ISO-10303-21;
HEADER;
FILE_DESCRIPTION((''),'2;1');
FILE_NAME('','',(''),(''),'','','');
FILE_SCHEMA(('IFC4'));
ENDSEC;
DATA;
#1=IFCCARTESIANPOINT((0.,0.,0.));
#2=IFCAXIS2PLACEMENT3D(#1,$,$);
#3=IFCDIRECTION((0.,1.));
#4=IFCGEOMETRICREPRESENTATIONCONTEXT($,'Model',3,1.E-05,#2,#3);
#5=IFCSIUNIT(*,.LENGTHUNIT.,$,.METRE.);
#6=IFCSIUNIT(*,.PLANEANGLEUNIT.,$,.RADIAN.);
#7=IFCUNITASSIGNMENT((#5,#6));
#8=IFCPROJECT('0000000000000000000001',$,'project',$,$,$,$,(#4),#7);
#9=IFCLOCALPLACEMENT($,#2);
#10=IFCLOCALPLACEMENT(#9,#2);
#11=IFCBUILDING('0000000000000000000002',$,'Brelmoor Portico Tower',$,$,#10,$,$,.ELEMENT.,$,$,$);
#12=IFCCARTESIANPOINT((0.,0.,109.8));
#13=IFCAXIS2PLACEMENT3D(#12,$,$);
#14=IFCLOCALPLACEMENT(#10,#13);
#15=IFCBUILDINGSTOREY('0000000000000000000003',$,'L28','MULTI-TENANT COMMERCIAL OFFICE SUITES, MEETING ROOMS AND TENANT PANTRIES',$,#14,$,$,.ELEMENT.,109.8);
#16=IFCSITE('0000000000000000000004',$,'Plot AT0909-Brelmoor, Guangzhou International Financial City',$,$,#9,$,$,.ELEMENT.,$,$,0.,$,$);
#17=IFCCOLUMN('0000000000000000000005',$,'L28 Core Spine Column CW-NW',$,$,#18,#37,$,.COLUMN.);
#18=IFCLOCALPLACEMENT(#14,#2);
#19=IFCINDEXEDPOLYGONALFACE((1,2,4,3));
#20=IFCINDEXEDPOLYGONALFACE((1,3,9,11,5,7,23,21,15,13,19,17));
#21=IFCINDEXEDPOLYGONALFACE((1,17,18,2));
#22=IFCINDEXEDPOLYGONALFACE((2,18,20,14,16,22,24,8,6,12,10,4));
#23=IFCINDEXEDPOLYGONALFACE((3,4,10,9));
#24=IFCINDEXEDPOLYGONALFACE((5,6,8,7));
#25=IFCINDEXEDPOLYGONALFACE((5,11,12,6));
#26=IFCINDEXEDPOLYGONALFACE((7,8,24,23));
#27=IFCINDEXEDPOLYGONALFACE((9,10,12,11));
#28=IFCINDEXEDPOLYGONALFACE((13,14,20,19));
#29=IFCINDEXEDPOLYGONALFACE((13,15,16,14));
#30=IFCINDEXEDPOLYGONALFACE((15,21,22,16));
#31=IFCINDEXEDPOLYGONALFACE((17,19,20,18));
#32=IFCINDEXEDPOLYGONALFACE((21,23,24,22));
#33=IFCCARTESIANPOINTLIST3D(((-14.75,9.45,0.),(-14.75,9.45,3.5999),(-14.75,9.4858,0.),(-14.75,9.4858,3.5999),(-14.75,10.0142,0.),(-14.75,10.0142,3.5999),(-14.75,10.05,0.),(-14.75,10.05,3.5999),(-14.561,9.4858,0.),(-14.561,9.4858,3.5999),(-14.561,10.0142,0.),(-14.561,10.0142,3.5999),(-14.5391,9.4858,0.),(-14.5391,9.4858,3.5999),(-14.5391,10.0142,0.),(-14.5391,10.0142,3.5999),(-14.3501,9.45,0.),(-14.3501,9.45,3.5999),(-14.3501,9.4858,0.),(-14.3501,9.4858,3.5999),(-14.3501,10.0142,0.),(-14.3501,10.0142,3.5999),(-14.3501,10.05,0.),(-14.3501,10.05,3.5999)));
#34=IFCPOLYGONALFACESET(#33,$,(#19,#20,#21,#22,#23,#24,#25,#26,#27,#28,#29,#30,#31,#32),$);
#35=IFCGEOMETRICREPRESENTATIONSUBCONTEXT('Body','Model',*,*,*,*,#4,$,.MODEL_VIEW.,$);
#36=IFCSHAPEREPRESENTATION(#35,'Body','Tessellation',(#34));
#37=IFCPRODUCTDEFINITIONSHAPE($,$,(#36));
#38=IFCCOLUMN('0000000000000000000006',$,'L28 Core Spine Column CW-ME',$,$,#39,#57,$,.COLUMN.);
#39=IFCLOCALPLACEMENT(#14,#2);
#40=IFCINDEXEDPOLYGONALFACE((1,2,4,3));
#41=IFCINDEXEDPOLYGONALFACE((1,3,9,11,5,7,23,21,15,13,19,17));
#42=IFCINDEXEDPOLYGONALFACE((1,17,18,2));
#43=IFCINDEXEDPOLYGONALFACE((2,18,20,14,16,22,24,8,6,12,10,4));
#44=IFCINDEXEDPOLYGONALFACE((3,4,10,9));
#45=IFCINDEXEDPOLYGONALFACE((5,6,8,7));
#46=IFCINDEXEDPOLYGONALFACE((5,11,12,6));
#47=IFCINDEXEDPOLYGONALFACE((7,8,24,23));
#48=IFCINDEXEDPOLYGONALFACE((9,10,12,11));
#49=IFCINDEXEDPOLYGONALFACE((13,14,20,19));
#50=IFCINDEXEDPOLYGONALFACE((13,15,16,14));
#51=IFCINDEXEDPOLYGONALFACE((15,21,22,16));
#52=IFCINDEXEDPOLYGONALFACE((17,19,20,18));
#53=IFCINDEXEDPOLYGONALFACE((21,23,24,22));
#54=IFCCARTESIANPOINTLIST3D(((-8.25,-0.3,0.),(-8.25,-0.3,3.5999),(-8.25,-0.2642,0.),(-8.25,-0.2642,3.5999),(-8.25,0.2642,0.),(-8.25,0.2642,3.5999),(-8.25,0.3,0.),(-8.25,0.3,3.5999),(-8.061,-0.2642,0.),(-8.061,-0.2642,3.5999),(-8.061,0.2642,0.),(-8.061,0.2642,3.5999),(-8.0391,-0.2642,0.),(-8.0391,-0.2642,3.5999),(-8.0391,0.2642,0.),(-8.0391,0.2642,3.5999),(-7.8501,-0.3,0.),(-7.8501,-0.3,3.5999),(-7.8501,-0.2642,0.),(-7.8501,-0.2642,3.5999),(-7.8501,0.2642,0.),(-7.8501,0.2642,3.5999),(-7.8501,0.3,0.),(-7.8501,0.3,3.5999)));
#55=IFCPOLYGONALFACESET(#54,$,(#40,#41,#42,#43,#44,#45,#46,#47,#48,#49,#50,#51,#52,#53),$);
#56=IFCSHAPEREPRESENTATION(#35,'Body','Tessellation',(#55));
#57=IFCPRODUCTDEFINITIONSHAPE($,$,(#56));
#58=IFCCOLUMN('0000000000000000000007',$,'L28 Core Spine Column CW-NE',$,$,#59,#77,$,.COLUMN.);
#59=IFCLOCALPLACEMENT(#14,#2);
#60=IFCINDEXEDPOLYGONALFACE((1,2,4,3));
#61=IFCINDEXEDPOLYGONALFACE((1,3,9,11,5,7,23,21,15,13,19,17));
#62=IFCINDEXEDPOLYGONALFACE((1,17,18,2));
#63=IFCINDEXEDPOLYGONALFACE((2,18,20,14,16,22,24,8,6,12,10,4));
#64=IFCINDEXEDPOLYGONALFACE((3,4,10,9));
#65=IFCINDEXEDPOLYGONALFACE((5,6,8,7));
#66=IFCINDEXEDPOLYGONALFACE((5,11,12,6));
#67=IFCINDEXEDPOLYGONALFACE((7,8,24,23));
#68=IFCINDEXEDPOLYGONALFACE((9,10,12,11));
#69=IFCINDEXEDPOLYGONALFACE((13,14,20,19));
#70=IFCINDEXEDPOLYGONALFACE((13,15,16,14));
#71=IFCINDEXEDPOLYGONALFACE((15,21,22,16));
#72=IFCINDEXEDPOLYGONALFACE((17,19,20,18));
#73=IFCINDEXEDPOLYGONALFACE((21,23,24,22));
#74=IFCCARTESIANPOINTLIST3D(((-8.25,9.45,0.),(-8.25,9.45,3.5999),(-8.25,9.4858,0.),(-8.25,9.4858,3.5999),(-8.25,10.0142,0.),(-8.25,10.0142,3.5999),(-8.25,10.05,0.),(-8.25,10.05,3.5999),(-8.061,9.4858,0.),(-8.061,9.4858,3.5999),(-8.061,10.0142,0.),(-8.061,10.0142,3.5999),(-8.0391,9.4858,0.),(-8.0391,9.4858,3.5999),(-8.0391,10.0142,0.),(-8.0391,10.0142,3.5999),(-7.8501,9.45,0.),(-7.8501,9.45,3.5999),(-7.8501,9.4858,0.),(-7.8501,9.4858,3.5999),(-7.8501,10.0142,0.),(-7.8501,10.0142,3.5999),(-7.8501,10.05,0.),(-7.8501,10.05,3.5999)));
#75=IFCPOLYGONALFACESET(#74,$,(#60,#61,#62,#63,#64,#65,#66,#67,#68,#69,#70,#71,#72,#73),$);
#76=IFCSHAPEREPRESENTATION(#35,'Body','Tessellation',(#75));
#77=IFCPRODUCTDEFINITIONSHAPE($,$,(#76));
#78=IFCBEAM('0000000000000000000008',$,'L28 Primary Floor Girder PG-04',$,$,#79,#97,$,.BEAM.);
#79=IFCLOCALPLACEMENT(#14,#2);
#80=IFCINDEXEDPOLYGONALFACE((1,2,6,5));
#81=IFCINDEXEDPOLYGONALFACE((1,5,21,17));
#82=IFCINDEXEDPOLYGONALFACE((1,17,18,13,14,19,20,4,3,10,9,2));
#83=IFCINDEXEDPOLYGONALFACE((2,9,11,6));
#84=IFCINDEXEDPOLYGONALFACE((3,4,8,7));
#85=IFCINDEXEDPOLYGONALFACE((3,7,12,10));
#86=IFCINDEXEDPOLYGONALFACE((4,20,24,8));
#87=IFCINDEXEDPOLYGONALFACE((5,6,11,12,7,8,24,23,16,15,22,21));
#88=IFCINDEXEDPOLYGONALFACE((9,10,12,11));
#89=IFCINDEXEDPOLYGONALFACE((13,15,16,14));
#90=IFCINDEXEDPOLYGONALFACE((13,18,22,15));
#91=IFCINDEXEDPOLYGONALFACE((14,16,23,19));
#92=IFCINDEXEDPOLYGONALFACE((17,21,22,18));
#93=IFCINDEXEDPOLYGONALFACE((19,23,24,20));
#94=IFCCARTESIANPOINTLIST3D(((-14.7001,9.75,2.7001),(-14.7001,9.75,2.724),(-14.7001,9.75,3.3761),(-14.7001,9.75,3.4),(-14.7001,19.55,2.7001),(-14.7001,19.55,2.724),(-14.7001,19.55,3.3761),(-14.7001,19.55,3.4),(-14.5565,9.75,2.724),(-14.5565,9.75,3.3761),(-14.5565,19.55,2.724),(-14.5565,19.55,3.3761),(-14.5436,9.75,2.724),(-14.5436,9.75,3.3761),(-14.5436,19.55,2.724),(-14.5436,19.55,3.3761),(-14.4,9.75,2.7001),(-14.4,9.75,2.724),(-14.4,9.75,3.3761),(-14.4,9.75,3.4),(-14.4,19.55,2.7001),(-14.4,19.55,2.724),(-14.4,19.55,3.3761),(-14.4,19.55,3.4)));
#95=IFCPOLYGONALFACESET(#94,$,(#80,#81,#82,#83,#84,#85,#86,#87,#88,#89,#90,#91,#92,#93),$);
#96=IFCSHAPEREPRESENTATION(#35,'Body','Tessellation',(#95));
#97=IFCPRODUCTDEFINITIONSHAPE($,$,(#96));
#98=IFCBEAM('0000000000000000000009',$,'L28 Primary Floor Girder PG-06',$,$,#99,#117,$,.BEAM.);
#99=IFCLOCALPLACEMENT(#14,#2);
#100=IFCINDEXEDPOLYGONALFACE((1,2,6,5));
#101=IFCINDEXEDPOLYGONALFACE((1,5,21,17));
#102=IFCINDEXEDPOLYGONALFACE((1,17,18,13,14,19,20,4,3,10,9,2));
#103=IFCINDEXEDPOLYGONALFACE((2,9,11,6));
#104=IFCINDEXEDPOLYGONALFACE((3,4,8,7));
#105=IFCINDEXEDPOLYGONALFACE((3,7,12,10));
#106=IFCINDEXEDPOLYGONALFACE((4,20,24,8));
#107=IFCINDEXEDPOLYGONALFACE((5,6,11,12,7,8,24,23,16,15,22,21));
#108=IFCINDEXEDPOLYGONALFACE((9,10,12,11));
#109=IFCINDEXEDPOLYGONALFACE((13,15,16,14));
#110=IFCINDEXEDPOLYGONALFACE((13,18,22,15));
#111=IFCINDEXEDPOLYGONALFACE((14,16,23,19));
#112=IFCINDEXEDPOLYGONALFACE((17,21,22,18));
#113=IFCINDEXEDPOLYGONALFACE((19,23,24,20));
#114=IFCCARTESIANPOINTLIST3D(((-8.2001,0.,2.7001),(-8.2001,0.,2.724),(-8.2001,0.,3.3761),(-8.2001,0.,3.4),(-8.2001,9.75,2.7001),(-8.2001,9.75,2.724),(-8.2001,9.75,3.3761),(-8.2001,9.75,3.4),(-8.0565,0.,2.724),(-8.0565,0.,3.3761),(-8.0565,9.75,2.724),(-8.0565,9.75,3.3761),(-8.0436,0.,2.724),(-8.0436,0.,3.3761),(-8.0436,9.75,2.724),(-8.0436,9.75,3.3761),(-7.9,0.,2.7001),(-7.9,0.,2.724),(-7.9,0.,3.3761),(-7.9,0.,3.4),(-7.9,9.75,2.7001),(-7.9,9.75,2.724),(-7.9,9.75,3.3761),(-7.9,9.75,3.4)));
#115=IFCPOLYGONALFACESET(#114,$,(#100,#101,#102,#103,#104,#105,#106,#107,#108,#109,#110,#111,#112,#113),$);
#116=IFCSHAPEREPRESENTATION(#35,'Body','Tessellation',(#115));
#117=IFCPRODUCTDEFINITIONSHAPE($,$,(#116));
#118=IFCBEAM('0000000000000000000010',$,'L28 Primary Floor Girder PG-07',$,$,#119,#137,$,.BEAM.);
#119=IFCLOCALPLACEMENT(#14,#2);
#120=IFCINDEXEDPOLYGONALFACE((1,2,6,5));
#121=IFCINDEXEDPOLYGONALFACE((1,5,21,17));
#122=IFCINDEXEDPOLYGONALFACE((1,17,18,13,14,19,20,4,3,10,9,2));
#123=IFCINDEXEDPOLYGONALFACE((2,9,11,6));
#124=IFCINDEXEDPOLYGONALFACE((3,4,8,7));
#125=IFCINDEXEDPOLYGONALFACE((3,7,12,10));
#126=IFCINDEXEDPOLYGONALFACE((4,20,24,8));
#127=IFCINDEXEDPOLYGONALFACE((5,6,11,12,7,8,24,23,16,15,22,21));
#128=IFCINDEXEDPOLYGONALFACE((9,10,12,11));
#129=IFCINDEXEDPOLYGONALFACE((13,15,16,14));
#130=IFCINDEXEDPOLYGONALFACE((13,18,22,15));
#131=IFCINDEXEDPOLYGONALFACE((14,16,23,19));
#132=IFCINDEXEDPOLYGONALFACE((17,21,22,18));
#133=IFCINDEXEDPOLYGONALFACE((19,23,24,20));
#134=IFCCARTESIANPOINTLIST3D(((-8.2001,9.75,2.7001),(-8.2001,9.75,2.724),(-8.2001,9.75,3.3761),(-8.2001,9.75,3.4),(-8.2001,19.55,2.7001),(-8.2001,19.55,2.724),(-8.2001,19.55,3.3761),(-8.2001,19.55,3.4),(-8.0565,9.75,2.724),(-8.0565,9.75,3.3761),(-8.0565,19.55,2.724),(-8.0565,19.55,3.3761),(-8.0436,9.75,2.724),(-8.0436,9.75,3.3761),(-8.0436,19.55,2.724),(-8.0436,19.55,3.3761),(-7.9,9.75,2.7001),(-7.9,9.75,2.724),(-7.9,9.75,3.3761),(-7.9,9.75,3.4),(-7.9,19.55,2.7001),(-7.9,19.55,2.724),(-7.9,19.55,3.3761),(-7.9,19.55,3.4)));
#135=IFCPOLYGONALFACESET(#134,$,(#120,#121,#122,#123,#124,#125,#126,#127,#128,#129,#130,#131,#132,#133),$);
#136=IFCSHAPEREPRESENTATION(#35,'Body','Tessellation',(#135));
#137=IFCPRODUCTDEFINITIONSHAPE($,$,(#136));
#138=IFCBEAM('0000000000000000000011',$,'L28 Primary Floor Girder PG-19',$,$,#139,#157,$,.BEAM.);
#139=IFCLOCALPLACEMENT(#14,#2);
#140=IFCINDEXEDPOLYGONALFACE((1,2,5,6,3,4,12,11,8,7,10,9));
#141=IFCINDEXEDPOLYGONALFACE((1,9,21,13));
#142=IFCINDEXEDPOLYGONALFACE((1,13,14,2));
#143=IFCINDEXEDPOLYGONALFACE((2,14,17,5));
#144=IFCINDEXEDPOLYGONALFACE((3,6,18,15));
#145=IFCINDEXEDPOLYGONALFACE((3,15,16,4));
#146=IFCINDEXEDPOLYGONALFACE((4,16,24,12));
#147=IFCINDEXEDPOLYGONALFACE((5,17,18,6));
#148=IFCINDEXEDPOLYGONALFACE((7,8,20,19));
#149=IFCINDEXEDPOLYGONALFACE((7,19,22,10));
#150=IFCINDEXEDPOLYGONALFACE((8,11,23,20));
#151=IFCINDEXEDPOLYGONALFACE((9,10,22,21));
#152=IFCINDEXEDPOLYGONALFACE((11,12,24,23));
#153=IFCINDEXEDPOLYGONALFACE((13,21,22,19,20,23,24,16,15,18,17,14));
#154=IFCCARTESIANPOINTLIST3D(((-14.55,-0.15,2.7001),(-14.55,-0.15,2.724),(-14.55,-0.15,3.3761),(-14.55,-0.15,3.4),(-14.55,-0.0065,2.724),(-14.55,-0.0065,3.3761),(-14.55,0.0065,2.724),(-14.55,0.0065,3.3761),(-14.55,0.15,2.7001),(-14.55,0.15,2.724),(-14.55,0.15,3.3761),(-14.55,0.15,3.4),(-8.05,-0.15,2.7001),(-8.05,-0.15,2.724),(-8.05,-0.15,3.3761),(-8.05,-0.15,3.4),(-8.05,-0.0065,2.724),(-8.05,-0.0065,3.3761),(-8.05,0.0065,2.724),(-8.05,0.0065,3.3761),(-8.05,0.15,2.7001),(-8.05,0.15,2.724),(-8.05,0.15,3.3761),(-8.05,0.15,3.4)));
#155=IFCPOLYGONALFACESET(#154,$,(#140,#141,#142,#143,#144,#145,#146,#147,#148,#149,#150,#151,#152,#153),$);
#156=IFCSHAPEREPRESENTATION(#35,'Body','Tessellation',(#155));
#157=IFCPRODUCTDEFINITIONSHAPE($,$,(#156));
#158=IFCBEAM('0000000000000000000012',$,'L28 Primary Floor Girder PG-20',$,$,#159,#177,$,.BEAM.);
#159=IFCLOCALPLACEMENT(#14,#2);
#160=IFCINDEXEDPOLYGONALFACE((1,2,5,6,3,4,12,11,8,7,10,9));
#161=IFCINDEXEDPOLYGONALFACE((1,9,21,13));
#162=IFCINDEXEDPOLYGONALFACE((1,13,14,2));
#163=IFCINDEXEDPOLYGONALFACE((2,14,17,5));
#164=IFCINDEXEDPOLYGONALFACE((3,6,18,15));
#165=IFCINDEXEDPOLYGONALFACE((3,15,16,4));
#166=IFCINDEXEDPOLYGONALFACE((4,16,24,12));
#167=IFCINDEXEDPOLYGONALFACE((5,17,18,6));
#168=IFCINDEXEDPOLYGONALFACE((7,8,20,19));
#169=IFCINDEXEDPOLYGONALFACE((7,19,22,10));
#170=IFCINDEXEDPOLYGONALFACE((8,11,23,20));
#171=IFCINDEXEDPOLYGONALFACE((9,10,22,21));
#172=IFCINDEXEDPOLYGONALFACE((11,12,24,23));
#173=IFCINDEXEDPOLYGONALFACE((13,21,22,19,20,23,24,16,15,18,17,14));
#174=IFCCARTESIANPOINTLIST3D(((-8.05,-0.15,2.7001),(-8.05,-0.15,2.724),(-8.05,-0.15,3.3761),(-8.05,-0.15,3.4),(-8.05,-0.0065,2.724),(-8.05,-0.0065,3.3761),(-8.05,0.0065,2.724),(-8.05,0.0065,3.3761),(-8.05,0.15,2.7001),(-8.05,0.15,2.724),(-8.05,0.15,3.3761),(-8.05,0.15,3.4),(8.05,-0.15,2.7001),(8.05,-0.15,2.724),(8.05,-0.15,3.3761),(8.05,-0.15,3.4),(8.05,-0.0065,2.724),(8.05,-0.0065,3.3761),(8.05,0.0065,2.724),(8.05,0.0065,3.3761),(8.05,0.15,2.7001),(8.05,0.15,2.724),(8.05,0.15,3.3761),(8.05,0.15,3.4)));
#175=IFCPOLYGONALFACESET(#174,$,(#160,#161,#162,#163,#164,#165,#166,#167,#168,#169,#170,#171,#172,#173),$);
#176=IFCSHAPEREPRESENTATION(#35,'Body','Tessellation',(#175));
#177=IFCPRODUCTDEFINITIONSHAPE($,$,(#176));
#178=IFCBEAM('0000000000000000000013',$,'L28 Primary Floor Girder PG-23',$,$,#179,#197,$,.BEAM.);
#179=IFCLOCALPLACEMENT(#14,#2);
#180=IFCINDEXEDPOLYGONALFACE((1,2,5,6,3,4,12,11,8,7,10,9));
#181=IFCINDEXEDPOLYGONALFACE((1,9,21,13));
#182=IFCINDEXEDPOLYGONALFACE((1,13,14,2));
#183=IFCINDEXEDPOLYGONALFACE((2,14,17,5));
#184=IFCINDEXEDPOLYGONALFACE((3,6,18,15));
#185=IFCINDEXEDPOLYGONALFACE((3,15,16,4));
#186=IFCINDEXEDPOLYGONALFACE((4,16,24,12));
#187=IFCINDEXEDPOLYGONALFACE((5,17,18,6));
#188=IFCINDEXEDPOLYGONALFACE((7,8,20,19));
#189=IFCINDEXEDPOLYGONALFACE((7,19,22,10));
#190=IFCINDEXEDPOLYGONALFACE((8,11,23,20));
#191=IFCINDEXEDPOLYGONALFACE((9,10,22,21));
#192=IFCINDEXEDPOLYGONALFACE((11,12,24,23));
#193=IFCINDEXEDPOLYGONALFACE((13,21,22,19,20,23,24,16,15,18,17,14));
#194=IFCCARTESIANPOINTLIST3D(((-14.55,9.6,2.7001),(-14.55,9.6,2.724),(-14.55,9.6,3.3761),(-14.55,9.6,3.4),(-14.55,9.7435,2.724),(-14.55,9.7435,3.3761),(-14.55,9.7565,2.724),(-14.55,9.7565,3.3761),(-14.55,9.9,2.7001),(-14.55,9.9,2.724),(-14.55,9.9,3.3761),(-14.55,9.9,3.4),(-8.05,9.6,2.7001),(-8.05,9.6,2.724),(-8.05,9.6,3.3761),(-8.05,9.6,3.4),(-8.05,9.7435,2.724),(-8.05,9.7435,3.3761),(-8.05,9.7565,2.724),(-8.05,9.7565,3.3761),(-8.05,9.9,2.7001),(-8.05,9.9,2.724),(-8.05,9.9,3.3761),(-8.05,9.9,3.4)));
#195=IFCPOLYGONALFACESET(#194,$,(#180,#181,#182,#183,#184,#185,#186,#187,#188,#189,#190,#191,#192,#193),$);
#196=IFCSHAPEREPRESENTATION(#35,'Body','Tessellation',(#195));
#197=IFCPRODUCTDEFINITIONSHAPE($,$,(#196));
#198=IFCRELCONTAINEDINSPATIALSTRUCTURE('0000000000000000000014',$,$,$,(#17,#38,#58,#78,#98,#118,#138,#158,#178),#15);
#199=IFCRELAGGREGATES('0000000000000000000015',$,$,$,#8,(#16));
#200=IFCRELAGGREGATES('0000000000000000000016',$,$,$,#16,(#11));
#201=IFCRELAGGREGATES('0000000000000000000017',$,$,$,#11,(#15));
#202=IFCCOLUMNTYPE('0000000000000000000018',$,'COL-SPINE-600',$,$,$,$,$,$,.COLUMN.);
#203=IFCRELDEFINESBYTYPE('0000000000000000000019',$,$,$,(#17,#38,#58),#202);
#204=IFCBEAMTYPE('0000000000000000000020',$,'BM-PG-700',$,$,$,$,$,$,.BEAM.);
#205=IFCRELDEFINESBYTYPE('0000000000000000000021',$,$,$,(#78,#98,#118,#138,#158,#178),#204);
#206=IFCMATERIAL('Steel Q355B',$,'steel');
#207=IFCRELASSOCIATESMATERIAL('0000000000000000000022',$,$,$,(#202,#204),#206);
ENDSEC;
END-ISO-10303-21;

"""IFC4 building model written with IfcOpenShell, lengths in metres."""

from ifc_helpers import new_model, si_unit, direction, frame, origin, origin_2d, place, context, subcontext, project, spatial, i_section, extrude, material, material_profile, profile_set, type_object, element, save


model = new_model("IFC4")

# Units and contexts
model_context = context("Model", 3, precision=1e-05, world=origin(), true_north=direction((0.0, 1.0)))
body_context = subcontext(model_context, "Body", "Model", "MODEL_VIEW")
ifc_project = project(units=[si_unit("LENGTHUNIT", "METRE"), si_unit("PLANEANGLEUNIT", "RADIAN")], contexts=[model_context])

# Site, building, storey
site_placement = place(None, origin())
site = spatial("IfcSite", under=ifc_project, at=site_placement, Name="Plot AT0909-Brelmoor, Guangzhou International Financial City", CompositionType="ELEMENT", RefElevation=0.0)
building_placement = place(site_placement, origin())
building = spatial("IfcBuilding", under=site, at=building_placement, Name="Brelmoor Portico Tower", CompositionType="ELEMENT")
storey_placement = place(building_placement, frame((0.0, 0.0, 109.8)))
storey = spatial("IfcBuildingStorey", under=building, at=storey_placement, Name="L28", Description="MULTI-TENANT COMMERCIAL OFFICE SUITES, MEETING ROOMS AND TENANT PANTRIES", CompositionType="ELEMENT", Elevation=109.8)

# Columns
ifc_material_1 = material(Name="Steel Q355B", Category="steel")
ifc_material_profile_1 = material_profile(ifc_material_1, i_section(OverallWidth=0.3999, OverallDepth=0.6001, WebThickness=0.022, FlangeThickness=0.0359, at=origin_2d()), Name="HW 600x400x22x36")
ifc_profile_set_1 = profile_set([ifc_material_profile_1], Name="Steel Q355B")
column_type = type_object("IfcColumnType", Name="COL-SPINE-600", PredefinedType="COLUMN", material=ifc_profile_set_1)
for number, where, z_axis, x_axis, name in (
    (1, (-14.55, 9.75, 0.0), (0.0, 0.0, 1.0), (1.0, 0.0, 0.0), "L28 Core Spine Column CW-NW"),
    (2, (-8.05, 0.0, 0.0), (0.0, 0.0, 1.0), (1.0, 0.0, 0.0), "L28 Core Spine Column CW-ME"),
    (3, (-8.05, 9.75, 0.0), (0.0, 0.0, 1.0), (1.0, 0.0, 0.0), "L28 Core Spine Column CW-NE"),
):
    element("IfcColumn", number, at=place(storey_placement, frame(where, z_axis=z_axis, x_axis=x_axis)), inside=storey, type_object=column_type, Name=name, PredefinedType="COLUMN", context=body_context, shape_type="SweptSolid", body=[
        extrude(i_section(OverallWidth=0.3999, OverallDepth=0.6001, WebThickness=0.022, FlangeThickness=0.0359, at=origin_2d()), origin(), (0.0, 0.0, 1.0), 3.5999),
    ])

# Beams
ifc_material_profile_2 = material_profile(ifc_material_1, i_section(OverallWidth=0.3, OverallDepth=0.7, WebThickness=0.0129, FlangeThickness=0.0239, at=origin_2d()), Name="HN 700x300x13x24")
ifc_profile_set_2 = profile_set([ifc_material_profile_2], Name="Steel Q355B")
beam_type = type_object("IfcBeamType", Name="BM-PG-700", PredefinedType="BEAM", material=ifc_profile_set_2)
beam_1_placement = place(storey_placement, frame((-14.55, 9.75, 3.05), z_axis=(0.0, 1.0, 0.0), x_axis=(-1.0, 0.0, 0.0)))
element("IfcBeam", 4, at=beam_1_placement, inside=storey, type_object=beam_type, Name="L28 Primary Floor Girder PG-04", PredefinedType="BEAM", context=body_context, shape_type="SweptSolid", body=[
    extrude(i_section(OverallWidth=0.3, OverallDepth=0.7, WebThickness=0.0129, FlangeThickness=0.0239, at=origin_2d()), origin(), (0.0, 0.0, 1.0), 9.8),
])
beam_2_placement = place(storey_placement, frame((-8.05, 0.0, 3.05), z_axis=(0.0, 1.0, 0.0), x_axis=(-1.0, 0.0, 0.0)))
element("IfcBeam", 5, at=beam_2_placement, inside=storey, type_object=beam_type, Name="L28 Primary Floor Girder PG-06", PredefinedType="BEAM", context=body_context, shape_type="SweptSolid", body=[
    extrude(i_section(OverallWidth=0.3, OverallDepth=0.7, WebThickness=0.0129, FlangeThickness=0.0239, at=origin_2d()), origin(), (0.0, 0.0, 1.0), 9.75),
])
beam_3_placement = place(storey_placement, frame((-8.05, 9.75, 3.05), z_axis=(0.0, 1.0, 0.0), x_axis=(-1.0, 0.0, 0.0)))
element("IfcBeam", 6, at=beam_3_placement, inside=storey, type_object=beam_type, Name="L28 Primary Floor Girder PG-07", PredefinedType="BEAM", context=body_context, shape_type="SweptSolid", body=[
    extrude(i_section(OverallWidth=0.3, OverallDepth=0.7, WebThickness=0.0129, FlangeThickness=0.0239, at=origin_2d()), origin(), (0.0, 0.0, 1.0), 9.8),
])
beam_4_placement = place(storey_placement, frame((-14.55, 0.0, 3.05), z_axis=(1.0, 0.0, 0.0), x_axis=(0.0, 1.0, 0.0)))
element("IfcBeam", 7, at=beam_4_placement, inside=storey, type_object=beam_type, Name="L28 Primary Floor Girder PG-19", PredefinedType="BEAM", context=body_context, shape_type="SweptSolid", body=[
    extrude(i_section(OverallWidth=0.3, OverallDepth=0.7, WebThickness=0.0129, FlangeThickness=0.0239, at=origin_2d()), origin(), (0.0, 0.0, 1.0), 6.5),
])
beam_5_placement = place(storey_placement, frame((-8.05, 0.0, 3.05), z_axis=(1.0, 0.0, 0.0), x_axis=(0.0, 1.0, 0.0)))
element("IfcBeam", 8, at=beam_5_placement, inside=storey, type_object=beam_type, Name="L28 Primary Floor Girder PG-20", PredefinedType="BEAM", context=body_context, shape_type="SweptSolid", body=[
    extrude(i_section(OverallWidth=0.3, OverallDepth=0.7, WebThickness=0.0129, FlangeThickness=0.0239, at=origin_2d()), origin(), (0.0, 0.0, 1.0), 16.1001),
])
beam_6_placement = place(storey_placement, frame((-14.55, 9.75, 3.05), z_axis=(1.0, 0.0, 0.0), x_axis=(0.0, 1.0, 0.0)))
element("IfcBeam", 9, at=beam_6_placement, inside=storey, type_object=beam_type, Name="L28 Primary Floor Girder PG-23", PredefinedType="BEAM", context=body_context, shape_type="SweptSolid", body=[
    extrude(i_section(OverallWidth=0.3, OverallDepth=0.7, WebThickness=0.0129, FlangeThickness=0.0239, at=origin_2d()), origin(), (0.0, 0.0, 1.0), 6.5),
])

save(model, "model.ifc")
